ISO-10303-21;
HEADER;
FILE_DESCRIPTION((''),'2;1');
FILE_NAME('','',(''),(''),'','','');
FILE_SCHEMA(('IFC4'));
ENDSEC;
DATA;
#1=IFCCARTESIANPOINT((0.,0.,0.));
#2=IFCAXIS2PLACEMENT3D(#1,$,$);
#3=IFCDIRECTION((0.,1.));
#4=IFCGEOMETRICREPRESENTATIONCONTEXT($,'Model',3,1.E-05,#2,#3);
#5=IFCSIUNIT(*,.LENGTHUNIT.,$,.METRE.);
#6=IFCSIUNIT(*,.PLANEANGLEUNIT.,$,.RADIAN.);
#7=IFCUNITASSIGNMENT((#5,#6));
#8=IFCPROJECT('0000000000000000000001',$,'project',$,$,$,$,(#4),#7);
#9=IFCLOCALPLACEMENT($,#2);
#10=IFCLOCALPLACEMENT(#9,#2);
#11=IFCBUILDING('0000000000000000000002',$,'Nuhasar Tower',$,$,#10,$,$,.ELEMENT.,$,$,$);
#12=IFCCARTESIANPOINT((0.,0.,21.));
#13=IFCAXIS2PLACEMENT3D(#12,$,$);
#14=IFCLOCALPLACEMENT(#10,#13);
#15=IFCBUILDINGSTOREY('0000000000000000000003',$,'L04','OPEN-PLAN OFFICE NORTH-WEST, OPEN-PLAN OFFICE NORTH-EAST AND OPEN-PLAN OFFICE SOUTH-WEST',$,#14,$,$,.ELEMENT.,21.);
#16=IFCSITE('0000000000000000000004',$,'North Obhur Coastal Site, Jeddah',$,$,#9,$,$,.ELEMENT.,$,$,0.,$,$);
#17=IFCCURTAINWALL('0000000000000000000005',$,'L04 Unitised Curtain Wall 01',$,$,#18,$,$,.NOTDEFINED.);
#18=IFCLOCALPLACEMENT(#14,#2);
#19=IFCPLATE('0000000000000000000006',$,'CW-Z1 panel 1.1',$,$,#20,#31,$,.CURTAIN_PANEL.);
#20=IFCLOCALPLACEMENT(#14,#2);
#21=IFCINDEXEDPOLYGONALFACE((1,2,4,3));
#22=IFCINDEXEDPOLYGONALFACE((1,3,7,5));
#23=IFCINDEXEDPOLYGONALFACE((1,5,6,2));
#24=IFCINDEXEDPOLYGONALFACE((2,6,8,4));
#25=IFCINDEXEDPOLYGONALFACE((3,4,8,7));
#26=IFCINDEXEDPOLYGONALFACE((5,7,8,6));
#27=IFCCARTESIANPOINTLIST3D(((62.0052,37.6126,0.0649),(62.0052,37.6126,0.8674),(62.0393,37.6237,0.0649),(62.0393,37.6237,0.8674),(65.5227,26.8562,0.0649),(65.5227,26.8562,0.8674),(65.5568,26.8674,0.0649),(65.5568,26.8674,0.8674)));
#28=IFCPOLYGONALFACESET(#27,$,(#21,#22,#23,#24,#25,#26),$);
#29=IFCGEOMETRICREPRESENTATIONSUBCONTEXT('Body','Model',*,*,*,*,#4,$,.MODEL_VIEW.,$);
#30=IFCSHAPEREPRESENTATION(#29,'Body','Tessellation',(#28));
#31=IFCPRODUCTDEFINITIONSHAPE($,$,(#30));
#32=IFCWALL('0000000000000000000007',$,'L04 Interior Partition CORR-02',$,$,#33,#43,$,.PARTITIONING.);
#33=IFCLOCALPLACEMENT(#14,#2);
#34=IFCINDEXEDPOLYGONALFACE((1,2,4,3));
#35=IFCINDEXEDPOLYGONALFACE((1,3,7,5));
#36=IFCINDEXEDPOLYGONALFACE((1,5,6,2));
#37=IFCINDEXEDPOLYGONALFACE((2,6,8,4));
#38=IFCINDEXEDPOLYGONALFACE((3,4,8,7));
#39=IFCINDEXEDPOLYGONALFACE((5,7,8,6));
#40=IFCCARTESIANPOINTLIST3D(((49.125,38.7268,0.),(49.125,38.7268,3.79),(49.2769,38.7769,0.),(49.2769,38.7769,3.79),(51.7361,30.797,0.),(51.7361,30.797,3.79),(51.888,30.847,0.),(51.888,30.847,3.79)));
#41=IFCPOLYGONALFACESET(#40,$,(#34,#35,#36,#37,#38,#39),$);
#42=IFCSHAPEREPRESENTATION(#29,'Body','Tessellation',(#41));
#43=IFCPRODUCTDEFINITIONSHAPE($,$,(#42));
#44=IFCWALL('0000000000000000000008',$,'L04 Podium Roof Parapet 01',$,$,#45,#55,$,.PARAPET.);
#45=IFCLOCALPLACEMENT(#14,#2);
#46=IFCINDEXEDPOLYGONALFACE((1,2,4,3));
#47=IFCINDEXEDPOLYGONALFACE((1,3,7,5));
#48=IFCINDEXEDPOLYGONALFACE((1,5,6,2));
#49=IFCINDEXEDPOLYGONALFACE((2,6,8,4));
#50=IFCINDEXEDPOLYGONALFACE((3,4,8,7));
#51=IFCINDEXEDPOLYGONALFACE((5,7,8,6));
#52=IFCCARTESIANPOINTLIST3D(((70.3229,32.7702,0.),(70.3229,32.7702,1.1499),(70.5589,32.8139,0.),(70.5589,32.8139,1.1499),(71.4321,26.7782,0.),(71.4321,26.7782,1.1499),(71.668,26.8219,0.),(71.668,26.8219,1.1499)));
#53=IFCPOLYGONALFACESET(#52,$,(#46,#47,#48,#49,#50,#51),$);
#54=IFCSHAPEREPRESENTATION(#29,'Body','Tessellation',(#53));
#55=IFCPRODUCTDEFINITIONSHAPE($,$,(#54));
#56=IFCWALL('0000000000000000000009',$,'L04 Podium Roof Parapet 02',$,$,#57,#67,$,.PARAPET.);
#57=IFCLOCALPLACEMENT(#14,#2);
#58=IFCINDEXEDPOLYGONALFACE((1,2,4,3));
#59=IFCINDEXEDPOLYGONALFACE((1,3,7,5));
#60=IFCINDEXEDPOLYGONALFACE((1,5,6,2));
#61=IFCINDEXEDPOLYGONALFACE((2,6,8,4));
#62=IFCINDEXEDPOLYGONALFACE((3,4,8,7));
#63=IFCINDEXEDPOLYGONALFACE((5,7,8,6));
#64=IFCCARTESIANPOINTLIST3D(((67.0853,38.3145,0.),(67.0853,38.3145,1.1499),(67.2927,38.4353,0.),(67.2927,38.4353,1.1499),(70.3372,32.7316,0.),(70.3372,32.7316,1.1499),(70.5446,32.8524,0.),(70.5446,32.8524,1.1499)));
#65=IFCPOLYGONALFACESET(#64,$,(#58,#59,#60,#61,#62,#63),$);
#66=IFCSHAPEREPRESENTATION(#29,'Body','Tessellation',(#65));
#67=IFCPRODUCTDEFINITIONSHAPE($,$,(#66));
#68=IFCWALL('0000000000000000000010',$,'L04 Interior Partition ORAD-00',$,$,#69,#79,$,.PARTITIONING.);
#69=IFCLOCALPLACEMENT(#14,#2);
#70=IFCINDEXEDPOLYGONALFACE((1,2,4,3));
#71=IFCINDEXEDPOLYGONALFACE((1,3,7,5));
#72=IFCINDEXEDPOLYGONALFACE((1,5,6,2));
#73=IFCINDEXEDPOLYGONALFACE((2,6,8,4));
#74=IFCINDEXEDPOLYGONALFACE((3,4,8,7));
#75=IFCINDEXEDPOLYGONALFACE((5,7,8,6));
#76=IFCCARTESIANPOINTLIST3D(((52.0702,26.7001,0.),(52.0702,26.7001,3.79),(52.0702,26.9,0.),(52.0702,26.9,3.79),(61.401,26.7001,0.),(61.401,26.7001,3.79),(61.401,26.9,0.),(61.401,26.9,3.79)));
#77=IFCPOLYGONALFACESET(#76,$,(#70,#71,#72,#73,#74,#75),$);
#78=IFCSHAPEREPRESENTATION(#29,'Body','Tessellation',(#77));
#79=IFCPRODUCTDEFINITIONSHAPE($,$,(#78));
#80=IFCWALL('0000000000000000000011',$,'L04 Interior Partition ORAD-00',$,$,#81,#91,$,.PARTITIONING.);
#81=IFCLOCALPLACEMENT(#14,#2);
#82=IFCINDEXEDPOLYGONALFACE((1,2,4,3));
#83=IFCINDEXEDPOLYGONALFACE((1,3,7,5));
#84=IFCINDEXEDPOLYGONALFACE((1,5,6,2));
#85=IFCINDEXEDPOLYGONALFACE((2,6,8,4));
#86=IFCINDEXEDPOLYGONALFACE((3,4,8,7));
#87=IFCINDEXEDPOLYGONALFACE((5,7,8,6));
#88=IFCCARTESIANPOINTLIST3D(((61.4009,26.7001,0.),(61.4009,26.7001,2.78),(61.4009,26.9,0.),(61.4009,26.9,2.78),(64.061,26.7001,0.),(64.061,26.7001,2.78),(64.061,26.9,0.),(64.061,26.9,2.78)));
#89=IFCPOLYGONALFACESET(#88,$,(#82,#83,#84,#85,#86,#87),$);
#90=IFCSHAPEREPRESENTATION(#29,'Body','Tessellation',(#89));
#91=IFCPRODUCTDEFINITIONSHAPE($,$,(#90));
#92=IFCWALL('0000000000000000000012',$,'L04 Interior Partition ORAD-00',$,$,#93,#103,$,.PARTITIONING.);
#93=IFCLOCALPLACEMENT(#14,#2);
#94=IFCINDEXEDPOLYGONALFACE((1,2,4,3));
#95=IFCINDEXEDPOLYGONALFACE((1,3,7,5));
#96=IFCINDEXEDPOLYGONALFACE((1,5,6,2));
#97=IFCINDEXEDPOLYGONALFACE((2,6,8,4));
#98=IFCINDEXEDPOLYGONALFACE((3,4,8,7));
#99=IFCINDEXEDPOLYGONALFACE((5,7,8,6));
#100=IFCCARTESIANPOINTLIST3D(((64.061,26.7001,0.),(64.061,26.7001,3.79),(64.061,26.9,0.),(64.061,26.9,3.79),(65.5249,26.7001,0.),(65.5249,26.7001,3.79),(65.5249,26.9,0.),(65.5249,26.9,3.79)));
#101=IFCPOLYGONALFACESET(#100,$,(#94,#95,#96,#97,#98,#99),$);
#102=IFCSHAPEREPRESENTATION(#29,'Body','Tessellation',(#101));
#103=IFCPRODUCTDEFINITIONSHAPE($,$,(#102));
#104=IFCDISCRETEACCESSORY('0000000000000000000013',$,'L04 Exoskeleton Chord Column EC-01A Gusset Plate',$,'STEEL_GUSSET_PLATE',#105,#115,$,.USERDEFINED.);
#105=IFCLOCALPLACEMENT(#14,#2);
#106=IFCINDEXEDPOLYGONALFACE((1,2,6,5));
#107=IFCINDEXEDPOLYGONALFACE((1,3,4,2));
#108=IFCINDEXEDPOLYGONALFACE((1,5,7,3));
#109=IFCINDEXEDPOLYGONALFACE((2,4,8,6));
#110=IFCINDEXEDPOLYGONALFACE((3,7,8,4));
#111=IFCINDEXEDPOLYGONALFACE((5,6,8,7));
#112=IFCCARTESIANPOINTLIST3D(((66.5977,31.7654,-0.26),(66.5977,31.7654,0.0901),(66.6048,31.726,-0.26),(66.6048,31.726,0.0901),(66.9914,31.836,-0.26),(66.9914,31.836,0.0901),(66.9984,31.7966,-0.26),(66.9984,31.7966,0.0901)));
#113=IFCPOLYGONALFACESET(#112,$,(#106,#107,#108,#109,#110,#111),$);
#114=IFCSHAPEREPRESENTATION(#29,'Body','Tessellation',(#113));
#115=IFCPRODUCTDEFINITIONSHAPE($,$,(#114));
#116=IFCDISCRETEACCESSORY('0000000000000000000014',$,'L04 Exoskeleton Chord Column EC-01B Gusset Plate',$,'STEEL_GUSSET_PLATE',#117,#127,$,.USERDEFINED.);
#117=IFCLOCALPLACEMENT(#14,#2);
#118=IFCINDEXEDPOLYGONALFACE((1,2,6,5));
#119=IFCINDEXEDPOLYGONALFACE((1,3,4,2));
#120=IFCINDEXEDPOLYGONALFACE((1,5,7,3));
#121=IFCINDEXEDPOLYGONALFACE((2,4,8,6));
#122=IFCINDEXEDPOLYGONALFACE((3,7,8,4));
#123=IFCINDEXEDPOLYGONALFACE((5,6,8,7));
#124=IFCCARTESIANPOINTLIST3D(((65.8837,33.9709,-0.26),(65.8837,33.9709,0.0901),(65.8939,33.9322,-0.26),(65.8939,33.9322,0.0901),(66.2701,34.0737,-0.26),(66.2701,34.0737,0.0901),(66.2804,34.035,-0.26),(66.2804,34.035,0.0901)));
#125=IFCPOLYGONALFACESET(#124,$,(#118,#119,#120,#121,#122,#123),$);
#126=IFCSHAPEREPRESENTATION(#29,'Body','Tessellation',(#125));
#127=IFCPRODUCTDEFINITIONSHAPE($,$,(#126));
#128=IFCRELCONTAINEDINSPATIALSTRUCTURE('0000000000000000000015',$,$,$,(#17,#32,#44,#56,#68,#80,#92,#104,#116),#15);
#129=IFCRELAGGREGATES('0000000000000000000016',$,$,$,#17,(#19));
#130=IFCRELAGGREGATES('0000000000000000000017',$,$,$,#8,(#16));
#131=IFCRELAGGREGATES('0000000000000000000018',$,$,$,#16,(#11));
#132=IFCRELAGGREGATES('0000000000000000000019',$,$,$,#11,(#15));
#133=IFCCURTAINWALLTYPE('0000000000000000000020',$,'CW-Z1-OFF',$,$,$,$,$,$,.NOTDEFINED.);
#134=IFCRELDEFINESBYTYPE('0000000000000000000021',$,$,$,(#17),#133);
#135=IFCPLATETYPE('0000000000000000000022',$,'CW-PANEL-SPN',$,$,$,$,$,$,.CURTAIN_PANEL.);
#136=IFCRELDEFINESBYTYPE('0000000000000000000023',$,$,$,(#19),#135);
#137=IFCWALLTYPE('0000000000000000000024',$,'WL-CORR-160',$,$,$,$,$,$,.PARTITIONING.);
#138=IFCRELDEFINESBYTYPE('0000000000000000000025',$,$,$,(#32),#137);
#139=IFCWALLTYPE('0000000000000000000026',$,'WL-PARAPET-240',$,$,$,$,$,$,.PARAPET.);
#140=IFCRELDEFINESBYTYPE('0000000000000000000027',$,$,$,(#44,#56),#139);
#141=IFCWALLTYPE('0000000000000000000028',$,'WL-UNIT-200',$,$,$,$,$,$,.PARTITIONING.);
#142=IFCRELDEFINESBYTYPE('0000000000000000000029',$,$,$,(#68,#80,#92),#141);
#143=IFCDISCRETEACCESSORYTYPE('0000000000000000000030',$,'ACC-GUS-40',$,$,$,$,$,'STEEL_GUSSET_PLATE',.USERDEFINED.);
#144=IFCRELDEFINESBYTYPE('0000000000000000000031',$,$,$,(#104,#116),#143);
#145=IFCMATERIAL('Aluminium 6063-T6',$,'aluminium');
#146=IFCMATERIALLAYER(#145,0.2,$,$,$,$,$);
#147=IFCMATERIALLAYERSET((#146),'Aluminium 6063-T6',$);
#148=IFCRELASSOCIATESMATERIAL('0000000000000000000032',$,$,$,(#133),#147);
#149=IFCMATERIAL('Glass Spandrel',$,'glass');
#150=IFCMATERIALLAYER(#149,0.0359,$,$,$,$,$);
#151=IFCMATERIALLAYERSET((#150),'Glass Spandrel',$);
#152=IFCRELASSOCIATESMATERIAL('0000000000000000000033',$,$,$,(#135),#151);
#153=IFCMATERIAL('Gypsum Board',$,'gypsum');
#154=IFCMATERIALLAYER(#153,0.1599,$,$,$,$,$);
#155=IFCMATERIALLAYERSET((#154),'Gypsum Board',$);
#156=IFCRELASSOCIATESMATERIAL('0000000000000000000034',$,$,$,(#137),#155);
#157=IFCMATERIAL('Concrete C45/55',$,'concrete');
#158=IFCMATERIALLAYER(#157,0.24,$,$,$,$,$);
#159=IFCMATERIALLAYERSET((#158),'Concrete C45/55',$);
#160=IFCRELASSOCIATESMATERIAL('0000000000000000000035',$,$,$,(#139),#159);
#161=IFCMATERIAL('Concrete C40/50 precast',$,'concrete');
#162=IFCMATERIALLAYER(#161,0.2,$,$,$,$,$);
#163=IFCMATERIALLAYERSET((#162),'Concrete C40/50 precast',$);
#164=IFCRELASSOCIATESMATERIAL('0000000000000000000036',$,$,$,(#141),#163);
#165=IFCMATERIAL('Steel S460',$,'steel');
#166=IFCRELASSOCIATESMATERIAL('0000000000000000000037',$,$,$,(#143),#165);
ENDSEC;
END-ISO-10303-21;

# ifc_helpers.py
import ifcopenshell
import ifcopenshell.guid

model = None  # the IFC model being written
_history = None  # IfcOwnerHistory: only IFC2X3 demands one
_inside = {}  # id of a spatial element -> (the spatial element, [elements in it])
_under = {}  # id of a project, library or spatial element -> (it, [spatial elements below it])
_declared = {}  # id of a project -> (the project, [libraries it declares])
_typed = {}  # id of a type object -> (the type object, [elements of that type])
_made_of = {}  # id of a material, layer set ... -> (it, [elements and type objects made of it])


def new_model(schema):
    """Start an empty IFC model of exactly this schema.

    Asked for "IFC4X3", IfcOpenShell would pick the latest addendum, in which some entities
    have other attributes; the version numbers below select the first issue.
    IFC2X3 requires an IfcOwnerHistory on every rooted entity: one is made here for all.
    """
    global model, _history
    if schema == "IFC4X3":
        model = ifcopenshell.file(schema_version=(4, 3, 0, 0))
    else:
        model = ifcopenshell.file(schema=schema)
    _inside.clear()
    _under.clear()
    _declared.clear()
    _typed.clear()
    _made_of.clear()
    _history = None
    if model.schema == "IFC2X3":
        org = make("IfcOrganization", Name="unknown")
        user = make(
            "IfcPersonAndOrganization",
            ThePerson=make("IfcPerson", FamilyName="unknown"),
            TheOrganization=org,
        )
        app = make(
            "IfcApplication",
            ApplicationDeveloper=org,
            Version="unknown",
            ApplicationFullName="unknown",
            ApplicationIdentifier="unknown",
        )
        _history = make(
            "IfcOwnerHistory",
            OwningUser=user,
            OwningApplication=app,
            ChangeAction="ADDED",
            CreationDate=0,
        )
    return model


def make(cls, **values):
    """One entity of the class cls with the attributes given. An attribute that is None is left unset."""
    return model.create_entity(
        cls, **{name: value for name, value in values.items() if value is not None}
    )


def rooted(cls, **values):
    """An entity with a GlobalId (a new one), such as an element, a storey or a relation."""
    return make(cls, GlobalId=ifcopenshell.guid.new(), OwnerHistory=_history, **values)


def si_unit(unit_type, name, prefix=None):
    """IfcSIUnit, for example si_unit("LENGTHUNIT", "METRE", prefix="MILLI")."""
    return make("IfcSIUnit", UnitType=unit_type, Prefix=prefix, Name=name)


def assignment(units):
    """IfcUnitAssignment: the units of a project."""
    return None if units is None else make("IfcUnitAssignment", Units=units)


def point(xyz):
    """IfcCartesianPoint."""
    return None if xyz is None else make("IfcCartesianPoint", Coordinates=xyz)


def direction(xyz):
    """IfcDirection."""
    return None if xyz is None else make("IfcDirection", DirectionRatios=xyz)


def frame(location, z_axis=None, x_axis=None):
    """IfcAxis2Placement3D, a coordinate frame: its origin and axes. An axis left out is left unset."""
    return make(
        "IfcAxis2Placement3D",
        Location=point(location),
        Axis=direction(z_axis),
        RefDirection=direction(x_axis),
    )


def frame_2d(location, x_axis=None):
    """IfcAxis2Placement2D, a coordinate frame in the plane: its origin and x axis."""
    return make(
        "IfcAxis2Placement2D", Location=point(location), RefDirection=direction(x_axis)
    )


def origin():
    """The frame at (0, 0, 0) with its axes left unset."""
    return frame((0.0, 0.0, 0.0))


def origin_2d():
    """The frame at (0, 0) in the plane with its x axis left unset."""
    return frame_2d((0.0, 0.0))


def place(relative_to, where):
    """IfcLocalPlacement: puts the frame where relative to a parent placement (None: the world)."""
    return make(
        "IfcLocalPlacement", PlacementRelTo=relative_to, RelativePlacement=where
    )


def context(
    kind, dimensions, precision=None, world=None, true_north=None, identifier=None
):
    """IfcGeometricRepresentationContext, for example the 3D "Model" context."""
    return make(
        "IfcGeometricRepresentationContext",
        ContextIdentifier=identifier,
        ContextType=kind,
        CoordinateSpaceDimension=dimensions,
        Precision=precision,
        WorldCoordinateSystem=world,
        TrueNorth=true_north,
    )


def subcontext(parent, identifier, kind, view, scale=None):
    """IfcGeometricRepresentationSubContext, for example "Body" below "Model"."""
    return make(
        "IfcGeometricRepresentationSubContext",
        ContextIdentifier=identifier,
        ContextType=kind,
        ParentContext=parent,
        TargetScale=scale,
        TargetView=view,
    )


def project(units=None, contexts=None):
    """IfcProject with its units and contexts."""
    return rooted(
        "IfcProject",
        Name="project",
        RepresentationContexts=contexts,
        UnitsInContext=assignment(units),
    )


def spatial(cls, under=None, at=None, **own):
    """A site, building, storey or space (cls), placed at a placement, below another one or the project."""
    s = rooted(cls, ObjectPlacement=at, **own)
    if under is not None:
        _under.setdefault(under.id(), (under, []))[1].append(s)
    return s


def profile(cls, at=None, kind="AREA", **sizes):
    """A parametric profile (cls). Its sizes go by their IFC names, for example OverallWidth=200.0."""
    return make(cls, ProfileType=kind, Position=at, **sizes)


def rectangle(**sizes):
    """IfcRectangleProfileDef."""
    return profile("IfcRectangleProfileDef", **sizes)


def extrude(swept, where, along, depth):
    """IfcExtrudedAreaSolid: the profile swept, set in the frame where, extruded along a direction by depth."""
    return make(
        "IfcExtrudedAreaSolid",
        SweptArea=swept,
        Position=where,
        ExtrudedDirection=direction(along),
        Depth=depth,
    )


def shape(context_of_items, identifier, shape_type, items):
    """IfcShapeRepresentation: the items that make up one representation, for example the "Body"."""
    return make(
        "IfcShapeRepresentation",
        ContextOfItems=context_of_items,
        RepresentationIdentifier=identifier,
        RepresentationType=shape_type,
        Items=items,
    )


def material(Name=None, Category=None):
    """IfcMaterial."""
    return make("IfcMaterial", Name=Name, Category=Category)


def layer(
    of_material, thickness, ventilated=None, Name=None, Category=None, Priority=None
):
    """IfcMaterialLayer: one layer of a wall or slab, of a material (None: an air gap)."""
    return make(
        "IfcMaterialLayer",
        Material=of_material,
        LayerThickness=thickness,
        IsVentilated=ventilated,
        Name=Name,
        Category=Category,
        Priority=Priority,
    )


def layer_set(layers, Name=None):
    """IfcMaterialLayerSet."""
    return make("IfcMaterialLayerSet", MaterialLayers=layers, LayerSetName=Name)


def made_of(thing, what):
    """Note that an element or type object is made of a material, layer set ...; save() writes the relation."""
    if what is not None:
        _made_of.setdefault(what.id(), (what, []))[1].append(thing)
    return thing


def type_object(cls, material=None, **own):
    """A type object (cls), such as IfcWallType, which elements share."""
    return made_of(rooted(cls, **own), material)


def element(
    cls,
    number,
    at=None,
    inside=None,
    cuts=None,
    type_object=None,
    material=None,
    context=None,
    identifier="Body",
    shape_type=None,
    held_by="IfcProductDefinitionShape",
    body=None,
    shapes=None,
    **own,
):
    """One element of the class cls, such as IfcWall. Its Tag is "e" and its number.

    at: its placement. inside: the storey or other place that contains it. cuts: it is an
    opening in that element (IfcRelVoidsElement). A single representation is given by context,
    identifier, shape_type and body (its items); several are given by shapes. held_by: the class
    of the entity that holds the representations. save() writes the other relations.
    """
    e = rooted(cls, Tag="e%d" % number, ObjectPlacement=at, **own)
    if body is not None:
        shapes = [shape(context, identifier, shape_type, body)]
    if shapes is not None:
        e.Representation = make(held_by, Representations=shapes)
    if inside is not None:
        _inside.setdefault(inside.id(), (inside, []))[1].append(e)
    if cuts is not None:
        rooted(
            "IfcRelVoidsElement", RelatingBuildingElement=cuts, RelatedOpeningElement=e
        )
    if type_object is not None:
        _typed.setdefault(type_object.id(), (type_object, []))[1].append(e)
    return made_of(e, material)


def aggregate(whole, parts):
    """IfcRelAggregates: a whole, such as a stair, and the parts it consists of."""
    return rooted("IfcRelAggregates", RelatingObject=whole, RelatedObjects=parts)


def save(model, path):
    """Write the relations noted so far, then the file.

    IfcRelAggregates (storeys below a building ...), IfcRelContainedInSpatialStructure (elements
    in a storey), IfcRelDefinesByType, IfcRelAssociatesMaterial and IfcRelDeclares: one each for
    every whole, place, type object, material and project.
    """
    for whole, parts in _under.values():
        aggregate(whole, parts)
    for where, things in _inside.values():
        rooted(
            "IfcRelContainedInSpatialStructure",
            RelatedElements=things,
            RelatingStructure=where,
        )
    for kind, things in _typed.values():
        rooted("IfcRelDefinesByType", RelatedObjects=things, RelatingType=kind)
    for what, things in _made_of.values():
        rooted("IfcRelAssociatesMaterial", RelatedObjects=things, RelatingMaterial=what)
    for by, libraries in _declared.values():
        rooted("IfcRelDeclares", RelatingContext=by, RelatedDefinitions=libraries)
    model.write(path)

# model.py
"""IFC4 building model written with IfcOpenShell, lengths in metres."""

from ifc_helpers import new_model, si_unit, direction, frame, frame_2d, origin, origin_2d, place, context, subcontext, project, spatial, rectangle, extrude, material, layer, layer_set, type_object, element, aggregate, save


model = new_model("IFC4")

# Units and contexts
model_context = context("Model", 3, precision=1e-05, world=origin(), true_north=direction((0.0, 1.0)))
body_context = subcontext(model_context, "Body", "Model", "MODEL_VIEW")
ifc_project = project(units=[si_unit("LENGTHUNIT", "METRE"), si_unit("PLANEANGLEUNIT", "RADIAN")], contexts=[model_context])

# Site, building, storey
site_placement = place(None, origin())
site = spatial("IfcSite", under=ifc_project, at=site_placement, Name="North Obhur Coastal Site, Jeddah", CompositionType="ELEMENT", RefElevation=0.0)
building_placement = place(site_placement, origin())
building = spatial("IfcBuilding", under=site, at=building_placement, Name="Nuhasar Tower", CompositionType="ELEMENT")
storey_placement = place(building_placement, frame((0.0, 0.0, 21.0)))
storey = spatial("IfcBuildingStorey", under=building, at=storey_placement, Name="L04", Description="OPEN-PLAN OFFICE NORTH-WEST, OPEN-PLAN OFFICE NORTH-EAST AND OPEN-PLAN OFFICE SOUTH-WEST", CompositionType="ELEMENT", Elevation=21.0)

# Shared definitions
ifc_material_1 = material(Name="Steel S460", Category="steel")

# Curtain wall
ifc_material_2 = material(Name="Aluminium 6063-T6", Category="aluminium")
ifc_layer_1 = layer(ifc_material_2, 0.2)
ifc_layer_set_1 = layer_set([ifc_layer_1], Name="Aluminium 6063-T6")
curtain_wall_type = type_object("IfcCurtainWallType", Name="CW-Z1-OFF", PredefinedType="NOTDEFINED", material=ifc_layer_set_1)
curtain_wall_placement = place(storey_placement, origin())
curtain_wall = element("IfcCurtainWall", 1, at=curtain_wall_placement, inside=storey, type_object=curtain_wall_type, Name="L04 Unitised Curtain Wall 01", PredefinedType="NOTDEFINED")

# Plate
ifc_material_3 = material(Name="Glass Spandrel", Category="glass")
ifc_layer_2 = layer(ifc_material_3, 0.0359)
ifc_layer_set_2 = layer_set([ifc_layer_2], Name="Glass Spandrel")
plate_type_1 = type_object("IfcPlateType", Name="CW-PANEL-SPN", PredefinedType="CURTAIN_PANEL", material=ifc_layer_set_2)
plate_1_placement = place(storey_placement, frame((63.781, 32.24, 0.0649), z_axis=(0.0, 0.0, 1.0), x_axis=(-0.310824, 0.950468, 0.0)))
plate_1 = element("IfcPlate", 2, at=plate_1_placement, type_object=plate_type_1, Name="CW-Z1 panel 1.1", PredefinedType="CURTAIN_PANEL", context=body_context, shape_type="SweptSolid", body=[
    extrude(rectangle(XDim=11.3169, YDim=0.0359, at=origin_2d()), origin(), (0.0, 0.0, 1.0), 0.8025),
])
aggregate(curtain_wall, [plate_1])

# Walls
ifc_material_4 = material(Name="Gypsum Board", Category="gypsum")
ifc_layer_3 = layer(ifc_material_4, 0.1599)
ifc_layer_set_3 = layer_set([ifc_layer_3], Name="Gypsum Board")
wall_type_1 = type_object("IfcWallType", Name="WL-CORR-160", PredefinedType="PARTITIONING", material=ifc_layer_set_3)
wall_1_placement = place(storey_placement, frame((51.812, 30.822, 0.0), z_axis=(0.0, 0.0, 1.0), x_axis=(-0.312752, 0.949835, 0.0)))
element("IfcWall", 3, at=wall_1_placement, inside=storey, type_object=wall_type_1, Name="L04 Interior Partition CORR-02", PredefinedType="PARTITIONING", context=body_context, shape_type="SweptSolid", body=[
    extrude(rectangle(XDim=8.3486, YDim=0.1599, at=frame_2d((4.1743, 0.0))), origin(), (0.0, 0.0, 1.0), 3.79),
])
ifc_material_5 = material(Name="Concrete C45/55", Category="concrete")
ifc_layer_4 = layer(ifc_material_5, 0.24)
ifc_layer_set_4 = layer_set([ifc_layer_4], Name="Concrete C45/55")
wall_type_2 = type_object("IfcWallType", Name="WL-PARAPET-240", PredefinedType="PARAPET", material=ifc_layer_set_4)
wall_2_placement = place(storey_placement, frame((71.55, 26.8, 0.0), z_axis=(0.0, 0.0, 1.0), x_axis=(-0.182012, 0.983296, 0.0)))
element("IfcWall", 4, at=wall_2_placement, inside=storey, type_object=wall_type_2, Name="L04 Podium Roof Parapet 01", PredefinedType="PARAPET", context=body_context, shape_type="SweptSolid", body=[
    extrude(rectangle(XDim=6.0938, YDim=0.24, at=frame_2d((3.0469, 0.0))), origin(), (0.0, 0.0, 1.0), 1.1499),
])
wall_3_placement = place(storey_placement, frame((70.4409, 32.792, 0.0), z_axis=(0.0, 0.0, 1.0), x_axis=(-0.503316, 0.864102, 0.0)))
element("IfcWall", 5, at=wall_3_placement, inside=storey, type_object=wall_type_2, Name="L04 Podium Roof Parapet 02", PredefinedType="PARAPET", context=body_context, shape_type="SweptSolid", body=[
    extrude(rectangle(XDim=6.4609, YDim=0.24, at=frame_2d((3.2305, 0.0))), origin(), (0.0, 0.0, 1.0), 1.1499),
])
ifc_material_6 = material(Name="Concrete C40/50 precast", Category="concrete")
ifc_layer_5 = layer(ifc_material_6, 0.2)
ifc_layer_set_5 = layer_set([ifc_layer_5], Name="Concrete C40/50 precast")
wall_type_3 = type_object("IfcWallType", Name="WL-UNIT-200", PredefinedType="PARTITIONING", material=ifc_layer_set_5)
wall_4_placement = place(storey_placement, frame((52.0701, 26.8, 0.0), z_axis=(0.0, 0.0, 1.0), x_axis=(1.0, 0.0, 0.0)))
element("IfcWall", 6, at=wall_4_placement, inside=storey, type_object=wall_type_3, Name="L04 Interior Partition ORAD-00", PredefinedType="PARTITIONING", context=body_context, shape_type="SweptSolid", body=[
    extrude(rectangle(XDim=9.3308, YDim=0.2, at=frame_2d((4.6655, 0.0))), origin(), (0.0, 0.0, 1.0), 3.79),
])
wall_5_placement = place(storey_placement, frame((61.4009, 26.8, 0.0), z_axis=(0.0, 0.0, 1.0), x_axis=(1.0, 0.0, 0.0)))
element("IfcWall", 7, at=wall_5_placement, inside=storey, type_object=wall_type_3, Name="L04 Interior Partition ORAD-00", PredefinedType="PARTITIONING", context=body_context, shape_type="SweptSolid", body=[
    extrude(rectangle(XDim=2.6602, YDim=0.2, at=frame_2d((1.3301, 0.0))), origin(), (0.0, 0.0, 1.0), 2.78),
])
wall_6_placement = place(storey_placement, frame((64.061, 26.8, 0.0), z_axis=(0.0, 0.0, 1.0), x_axis=(1.0, 0.0, 0.0)))
element("IfcWall", 8, at=wall_6_placement, inside=storey, type_object=wall_type_3, Name="L04 Interior Partition ORAD-00", PredefinedType="PARTITIONING", context=body_context, shape_type="SweptSolid", body=[
    extrude(rectangle(XDim=1.4639, YDim=0.2, at=frame_2d((0.7319, 0.0))), origin(), (0.0, 0.0, 1.0), 3.79),
])

# Discrete accessories
discrete_accessory_type = type_object("IfcDiscreteAccessoryType", Name="ACC-GUS-40", ElementType="STEEL_GUSSET_PLATE", PredefinedType="USERDEFINED", material=ifc_material_1)
for number, where, z_axis, x_axis, name in (
    (9, (66.7981, 31.781, -0.26), (0.0, 0.0, 1.0), (0.984322, 0.17638, 0.0), "L04 Exoskeleton Chord Column EC-01A Gusset Plate"),
    (10, (66.082, 34.0029, -0.26), (0.0, 0.0, 1.0), (0.966403, 0.257032, 0.0), "L04 Exoskeleton Chord Column EC-01B Gusset Plate"),
):
    element("IfcDiscreteAccessory", number, at=place(storey_placement, frame(where, z_axis=z_axis, x_axis=x_axis)), inside=storey, type_object=discrete_accessory_type, Name=name, ObjectType="STEEL_GUSSET_PLATE", PredefinedType="USERDEFINED", context=body_context, shape_type="SweptSolid", body=[
        extrude(rectangle(XDim=0.3999, YDim=0.04, at=origin_2d()), origin(), (0.0, 0.0, 1.0), 0.3501),
    ])

save(model, "model.ifc")
